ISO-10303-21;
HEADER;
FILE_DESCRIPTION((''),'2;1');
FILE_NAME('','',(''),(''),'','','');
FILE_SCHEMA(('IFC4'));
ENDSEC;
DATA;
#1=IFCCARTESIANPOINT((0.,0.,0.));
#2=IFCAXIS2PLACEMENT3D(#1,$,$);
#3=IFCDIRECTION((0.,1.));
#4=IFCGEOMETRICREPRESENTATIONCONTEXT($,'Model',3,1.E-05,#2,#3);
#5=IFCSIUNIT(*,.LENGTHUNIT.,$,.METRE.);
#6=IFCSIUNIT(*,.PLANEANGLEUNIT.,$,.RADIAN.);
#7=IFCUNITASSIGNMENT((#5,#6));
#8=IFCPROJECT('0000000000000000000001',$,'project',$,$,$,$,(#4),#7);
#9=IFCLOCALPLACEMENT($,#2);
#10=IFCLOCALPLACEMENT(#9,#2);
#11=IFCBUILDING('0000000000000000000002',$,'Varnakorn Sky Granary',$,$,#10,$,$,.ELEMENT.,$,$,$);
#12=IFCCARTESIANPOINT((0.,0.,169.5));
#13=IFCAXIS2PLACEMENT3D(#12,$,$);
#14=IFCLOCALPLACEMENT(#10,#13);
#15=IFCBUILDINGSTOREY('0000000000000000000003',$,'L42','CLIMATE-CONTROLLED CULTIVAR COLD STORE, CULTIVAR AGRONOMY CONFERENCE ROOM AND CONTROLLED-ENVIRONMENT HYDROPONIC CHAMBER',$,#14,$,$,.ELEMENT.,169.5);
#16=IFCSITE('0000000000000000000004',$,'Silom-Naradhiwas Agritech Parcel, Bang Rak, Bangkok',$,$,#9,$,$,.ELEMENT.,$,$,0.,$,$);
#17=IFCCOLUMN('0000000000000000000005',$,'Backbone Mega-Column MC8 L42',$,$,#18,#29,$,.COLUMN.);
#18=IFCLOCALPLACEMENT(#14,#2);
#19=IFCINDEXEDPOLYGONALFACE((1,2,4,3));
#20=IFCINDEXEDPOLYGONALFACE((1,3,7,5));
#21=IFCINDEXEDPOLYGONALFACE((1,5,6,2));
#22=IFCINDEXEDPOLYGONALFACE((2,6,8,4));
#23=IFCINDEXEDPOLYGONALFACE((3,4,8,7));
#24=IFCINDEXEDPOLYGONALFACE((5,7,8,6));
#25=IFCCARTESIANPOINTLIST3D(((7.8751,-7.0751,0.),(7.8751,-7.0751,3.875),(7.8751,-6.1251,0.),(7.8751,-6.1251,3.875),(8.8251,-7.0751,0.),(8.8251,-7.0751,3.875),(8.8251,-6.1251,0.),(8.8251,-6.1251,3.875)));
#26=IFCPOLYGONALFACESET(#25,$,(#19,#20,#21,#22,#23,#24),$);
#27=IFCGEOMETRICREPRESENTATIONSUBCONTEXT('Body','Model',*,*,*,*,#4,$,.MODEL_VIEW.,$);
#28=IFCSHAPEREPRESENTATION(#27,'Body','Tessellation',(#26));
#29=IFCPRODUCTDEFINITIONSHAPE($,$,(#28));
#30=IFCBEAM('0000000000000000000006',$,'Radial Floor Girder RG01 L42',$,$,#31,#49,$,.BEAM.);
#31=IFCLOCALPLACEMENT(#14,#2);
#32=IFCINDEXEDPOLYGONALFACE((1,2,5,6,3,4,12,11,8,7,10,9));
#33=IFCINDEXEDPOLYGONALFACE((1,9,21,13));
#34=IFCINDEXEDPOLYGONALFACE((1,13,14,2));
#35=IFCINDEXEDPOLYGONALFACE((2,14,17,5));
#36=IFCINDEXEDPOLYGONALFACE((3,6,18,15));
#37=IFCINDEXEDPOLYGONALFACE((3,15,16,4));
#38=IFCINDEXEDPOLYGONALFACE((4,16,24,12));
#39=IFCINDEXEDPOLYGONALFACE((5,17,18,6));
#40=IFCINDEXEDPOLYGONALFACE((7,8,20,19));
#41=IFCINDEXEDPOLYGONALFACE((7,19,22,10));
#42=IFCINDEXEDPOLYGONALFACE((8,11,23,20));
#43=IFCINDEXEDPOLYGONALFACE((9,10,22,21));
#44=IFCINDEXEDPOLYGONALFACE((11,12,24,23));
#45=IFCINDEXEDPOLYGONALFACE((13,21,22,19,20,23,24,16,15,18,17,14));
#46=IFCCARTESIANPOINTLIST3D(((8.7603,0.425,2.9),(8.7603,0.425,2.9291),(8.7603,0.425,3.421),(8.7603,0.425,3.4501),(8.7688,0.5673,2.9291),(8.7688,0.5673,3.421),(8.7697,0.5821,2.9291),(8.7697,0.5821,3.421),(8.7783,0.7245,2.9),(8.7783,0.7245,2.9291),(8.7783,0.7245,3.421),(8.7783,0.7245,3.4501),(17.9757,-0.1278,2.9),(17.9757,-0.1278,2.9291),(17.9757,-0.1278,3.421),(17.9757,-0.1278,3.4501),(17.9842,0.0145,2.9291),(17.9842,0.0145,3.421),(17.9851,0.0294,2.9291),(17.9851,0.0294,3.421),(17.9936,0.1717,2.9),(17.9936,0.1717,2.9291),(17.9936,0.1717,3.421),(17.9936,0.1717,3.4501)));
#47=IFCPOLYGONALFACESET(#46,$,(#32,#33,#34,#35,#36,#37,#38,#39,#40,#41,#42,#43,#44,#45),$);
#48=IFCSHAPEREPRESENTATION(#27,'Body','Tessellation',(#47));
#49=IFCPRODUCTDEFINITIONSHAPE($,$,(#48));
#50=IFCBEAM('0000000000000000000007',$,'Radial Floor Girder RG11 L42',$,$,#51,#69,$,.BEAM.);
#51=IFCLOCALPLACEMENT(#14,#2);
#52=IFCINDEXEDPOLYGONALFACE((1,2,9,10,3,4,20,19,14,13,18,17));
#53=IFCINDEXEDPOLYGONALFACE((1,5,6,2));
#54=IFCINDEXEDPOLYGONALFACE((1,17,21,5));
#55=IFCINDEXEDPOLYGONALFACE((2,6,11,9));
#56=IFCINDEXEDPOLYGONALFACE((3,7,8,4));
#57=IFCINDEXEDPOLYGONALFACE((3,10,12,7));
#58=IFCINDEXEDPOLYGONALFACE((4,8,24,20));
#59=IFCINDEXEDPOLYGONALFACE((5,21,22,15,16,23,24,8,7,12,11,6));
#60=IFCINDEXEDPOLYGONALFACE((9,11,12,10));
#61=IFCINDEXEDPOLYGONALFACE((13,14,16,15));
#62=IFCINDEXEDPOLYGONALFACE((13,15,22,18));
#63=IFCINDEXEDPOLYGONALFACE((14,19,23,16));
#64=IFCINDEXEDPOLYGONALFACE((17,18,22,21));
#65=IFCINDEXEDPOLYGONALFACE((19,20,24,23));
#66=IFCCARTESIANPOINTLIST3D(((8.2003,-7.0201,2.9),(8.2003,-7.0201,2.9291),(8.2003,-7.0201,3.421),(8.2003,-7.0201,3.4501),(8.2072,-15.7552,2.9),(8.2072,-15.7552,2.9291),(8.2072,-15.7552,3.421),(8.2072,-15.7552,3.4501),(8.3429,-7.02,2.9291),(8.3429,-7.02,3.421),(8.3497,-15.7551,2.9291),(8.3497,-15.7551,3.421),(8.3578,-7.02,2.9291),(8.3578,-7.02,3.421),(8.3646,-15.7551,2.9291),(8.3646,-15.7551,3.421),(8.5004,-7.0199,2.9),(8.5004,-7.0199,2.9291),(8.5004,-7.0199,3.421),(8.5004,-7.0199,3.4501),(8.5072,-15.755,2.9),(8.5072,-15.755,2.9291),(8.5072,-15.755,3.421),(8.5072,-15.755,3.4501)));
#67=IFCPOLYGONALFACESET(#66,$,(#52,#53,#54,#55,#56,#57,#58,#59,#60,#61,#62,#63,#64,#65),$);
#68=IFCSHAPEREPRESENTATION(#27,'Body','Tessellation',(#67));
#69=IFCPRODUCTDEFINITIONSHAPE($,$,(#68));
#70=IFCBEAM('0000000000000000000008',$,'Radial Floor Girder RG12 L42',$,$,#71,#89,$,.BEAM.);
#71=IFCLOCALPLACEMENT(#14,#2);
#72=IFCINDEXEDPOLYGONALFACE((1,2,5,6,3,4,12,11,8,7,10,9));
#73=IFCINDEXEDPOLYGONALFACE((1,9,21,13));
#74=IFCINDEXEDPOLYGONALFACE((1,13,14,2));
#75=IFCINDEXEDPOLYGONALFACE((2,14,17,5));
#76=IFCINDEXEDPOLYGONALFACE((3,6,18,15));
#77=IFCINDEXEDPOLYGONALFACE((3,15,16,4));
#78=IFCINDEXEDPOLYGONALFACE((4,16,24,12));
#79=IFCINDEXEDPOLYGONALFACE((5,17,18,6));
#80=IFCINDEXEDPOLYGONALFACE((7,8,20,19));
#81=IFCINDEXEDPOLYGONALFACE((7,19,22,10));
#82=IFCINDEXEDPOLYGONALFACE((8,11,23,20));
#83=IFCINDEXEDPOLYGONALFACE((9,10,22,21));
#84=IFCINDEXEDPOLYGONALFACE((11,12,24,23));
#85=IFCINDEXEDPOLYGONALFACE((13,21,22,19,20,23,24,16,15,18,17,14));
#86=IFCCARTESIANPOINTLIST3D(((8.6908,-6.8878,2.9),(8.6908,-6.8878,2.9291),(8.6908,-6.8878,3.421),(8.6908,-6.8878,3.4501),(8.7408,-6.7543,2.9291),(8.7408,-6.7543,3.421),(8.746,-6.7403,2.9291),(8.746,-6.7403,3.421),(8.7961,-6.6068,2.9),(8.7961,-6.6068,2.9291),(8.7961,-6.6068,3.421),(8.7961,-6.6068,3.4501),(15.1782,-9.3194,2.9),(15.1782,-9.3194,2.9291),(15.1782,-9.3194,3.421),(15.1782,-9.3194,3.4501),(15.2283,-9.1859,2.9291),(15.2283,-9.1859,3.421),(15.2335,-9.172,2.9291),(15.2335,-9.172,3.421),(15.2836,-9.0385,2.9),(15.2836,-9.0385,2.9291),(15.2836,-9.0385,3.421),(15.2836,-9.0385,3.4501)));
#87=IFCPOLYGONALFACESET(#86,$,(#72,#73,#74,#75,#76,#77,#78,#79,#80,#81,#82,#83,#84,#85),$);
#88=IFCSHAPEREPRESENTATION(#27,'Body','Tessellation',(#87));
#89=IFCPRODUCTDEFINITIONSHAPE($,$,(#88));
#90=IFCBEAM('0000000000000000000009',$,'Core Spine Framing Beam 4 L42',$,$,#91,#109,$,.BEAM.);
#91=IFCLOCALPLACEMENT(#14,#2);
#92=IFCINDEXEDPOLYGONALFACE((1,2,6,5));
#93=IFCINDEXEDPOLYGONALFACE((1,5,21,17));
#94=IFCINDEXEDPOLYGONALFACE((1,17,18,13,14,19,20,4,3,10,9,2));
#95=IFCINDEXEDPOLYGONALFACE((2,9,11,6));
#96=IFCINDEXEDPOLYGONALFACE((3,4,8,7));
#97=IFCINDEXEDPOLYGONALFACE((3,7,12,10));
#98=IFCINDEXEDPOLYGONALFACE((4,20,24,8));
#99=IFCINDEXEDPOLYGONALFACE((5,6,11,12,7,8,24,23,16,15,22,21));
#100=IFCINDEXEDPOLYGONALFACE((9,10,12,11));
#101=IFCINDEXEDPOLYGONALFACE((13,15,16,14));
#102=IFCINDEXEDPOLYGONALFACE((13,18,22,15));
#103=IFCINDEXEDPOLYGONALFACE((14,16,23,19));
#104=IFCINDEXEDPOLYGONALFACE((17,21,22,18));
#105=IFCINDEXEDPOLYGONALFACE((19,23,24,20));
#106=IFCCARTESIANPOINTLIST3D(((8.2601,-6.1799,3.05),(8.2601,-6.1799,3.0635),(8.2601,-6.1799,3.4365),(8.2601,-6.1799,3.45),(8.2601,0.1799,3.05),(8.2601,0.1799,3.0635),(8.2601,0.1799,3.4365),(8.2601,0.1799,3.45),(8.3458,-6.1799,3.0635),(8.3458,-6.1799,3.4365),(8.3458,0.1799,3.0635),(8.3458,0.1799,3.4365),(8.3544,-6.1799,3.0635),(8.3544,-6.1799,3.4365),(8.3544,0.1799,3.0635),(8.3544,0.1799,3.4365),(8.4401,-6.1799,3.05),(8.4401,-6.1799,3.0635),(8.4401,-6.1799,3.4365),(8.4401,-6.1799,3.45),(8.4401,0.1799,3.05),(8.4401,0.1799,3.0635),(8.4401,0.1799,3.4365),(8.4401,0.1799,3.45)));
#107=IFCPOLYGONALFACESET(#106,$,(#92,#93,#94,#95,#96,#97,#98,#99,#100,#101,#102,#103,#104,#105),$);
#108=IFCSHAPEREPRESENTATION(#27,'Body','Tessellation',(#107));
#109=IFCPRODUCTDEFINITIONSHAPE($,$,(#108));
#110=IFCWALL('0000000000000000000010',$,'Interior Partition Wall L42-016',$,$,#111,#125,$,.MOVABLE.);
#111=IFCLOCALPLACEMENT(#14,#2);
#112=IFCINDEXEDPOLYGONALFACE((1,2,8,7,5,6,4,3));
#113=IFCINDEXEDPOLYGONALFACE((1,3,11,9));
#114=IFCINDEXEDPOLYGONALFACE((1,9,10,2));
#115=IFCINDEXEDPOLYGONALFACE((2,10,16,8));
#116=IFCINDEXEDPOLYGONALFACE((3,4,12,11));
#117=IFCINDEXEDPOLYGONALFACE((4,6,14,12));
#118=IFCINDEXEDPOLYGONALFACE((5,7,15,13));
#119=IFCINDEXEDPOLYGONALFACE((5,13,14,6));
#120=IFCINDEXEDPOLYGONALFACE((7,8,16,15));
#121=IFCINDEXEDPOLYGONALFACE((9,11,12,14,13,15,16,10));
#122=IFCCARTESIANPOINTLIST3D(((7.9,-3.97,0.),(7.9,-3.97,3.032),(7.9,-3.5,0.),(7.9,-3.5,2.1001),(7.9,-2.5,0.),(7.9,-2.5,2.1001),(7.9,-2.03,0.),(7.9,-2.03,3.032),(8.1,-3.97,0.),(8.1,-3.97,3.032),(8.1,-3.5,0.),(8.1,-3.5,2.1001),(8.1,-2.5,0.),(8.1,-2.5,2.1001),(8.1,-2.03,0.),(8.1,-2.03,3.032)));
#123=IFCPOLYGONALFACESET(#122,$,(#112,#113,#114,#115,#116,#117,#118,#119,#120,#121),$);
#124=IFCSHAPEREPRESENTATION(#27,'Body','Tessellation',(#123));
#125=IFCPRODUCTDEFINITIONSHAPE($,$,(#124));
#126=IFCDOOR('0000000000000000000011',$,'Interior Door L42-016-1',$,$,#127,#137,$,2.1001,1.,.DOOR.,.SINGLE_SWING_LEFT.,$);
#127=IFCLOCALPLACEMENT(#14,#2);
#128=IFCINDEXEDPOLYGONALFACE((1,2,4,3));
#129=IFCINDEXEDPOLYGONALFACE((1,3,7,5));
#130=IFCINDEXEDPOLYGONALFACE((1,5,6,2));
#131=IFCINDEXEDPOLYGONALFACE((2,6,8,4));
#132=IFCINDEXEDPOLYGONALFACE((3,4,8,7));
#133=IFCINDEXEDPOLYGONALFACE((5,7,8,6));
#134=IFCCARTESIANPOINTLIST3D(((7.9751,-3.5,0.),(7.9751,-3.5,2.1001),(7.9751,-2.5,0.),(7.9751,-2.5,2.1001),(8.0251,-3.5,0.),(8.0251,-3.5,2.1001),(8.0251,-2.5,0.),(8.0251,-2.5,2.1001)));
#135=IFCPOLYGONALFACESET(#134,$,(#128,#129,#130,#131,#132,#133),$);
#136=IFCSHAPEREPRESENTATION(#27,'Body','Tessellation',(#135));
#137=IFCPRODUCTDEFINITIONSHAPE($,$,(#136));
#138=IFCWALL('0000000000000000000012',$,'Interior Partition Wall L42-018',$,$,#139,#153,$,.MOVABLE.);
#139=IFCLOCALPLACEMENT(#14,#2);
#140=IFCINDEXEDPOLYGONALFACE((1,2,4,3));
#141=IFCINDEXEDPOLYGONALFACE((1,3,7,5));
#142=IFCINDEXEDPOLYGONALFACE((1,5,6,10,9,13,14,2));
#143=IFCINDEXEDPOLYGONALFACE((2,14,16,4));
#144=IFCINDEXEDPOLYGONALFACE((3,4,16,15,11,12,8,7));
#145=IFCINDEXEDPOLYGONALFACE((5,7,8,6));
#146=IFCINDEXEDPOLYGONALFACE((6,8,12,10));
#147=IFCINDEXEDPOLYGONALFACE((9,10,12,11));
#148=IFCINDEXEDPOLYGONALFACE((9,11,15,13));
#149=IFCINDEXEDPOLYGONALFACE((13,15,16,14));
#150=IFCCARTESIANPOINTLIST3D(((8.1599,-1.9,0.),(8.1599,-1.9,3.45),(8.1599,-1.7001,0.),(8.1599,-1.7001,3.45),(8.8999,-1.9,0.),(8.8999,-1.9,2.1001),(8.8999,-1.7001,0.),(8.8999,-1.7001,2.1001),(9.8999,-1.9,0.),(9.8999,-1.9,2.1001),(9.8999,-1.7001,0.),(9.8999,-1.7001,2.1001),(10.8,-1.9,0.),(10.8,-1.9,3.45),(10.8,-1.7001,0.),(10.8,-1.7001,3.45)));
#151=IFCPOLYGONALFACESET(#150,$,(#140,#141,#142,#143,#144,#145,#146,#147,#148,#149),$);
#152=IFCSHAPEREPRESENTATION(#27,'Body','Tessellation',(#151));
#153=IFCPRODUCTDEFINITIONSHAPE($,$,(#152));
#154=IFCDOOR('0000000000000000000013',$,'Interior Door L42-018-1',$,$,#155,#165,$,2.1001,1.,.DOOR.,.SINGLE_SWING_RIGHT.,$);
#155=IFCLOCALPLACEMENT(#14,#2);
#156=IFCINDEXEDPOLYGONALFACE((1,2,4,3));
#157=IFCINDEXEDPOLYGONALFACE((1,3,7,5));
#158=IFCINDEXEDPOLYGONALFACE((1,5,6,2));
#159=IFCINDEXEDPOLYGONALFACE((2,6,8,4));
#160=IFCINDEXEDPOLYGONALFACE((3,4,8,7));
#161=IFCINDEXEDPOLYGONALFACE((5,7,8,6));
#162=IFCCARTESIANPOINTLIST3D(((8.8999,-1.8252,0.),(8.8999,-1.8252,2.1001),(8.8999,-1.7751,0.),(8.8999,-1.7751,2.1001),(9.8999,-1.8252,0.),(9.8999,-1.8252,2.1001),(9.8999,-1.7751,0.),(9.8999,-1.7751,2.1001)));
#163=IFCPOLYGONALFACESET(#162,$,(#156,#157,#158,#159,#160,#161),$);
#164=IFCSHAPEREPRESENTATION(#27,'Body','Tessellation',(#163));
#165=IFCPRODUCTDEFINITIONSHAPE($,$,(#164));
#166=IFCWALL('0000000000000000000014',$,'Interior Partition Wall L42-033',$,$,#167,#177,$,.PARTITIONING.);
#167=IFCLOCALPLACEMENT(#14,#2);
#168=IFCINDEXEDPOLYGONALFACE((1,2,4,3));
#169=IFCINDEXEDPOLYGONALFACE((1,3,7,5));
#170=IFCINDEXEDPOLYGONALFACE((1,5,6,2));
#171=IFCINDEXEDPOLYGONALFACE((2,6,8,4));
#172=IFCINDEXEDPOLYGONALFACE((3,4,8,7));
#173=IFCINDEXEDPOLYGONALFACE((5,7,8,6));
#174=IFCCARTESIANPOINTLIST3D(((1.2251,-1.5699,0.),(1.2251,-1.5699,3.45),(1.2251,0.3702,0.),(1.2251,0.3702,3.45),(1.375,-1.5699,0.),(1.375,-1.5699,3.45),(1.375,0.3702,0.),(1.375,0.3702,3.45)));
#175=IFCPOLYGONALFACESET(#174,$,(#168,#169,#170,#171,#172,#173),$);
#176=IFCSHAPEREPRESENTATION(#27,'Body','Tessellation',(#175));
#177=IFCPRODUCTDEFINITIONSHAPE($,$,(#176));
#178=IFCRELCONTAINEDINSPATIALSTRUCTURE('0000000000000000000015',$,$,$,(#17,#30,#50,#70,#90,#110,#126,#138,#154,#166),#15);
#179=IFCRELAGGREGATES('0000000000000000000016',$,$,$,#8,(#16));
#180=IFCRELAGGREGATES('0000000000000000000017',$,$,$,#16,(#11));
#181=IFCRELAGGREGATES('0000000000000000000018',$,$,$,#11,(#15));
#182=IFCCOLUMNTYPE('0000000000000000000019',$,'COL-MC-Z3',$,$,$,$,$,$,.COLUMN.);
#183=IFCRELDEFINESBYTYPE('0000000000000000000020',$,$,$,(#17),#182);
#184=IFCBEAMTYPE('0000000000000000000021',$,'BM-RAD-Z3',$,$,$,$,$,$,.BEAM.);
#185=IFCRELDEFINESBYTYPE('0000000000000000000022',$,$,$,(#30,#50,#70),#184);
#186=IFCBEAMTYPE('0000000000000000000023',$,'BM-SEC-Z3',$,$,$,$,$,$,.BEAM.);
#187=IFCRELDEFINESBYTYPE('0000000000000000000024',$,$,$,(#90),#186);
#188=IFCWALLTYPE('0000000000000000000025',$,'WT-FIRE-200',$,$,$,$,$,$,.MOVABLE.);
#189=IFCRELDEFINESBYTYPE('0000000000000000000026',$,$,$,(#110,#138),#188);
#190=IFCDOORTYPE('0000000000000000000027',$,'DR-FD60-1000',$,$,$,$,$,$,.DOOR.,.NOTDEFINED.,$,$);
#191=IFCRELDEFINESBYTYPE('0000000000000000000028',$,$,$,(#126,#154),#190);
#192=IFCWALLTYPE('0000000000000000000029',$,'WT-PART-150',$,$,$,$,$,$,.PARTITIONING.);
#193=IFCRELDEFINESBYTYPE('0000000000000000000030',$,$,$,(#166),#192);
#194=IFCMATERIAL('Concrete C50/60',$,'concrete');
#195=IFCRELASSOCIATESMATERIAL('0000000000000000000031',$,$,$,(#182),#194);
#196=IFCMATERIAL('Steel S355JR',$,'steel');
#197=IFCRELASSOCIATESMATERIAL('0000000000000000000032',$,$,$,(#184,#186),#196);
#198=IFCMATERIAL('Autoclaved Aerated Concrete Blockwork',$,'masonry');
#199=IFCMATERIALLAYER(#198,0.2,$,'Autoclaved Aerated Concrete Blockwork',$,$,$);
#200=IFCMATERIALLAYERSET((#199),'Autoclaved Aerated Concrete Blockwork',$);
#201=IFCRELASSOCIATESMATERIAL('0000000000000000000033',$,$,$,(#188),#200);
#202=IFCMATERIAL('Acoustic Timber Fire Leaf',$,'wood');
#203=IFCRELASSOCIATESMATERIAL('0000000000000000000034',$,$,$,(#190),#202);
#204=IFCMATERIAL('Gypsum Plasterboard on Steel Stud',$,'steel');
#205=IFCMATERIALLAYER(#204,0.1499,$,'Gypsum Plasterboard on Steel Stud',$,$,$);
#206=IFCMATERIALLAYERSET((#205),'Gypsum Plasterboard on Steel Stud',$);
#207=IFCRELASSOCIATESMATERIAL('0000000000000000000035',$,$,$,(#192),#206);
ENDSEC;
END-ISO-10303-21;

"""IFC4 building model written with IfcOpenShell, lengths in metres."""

from ifc_helpers import new_model, si_unit, direction, frame, frame_2d, origin, origin_2d, place, context, subcontext, project, spatial, rectangle, i_section, extrude, material, layer, layer_set, material_profile, profile_set, type_object, element, fill, save


model = new_model("IFC4")

# Units and contexts
model_context = context("Model", 3, precision=1e-05, world=origin(), true_north=direction((0.0, 1.0)))
body_context = subcontext(model_context, "Body", "Model", "MODEL_VIEW")
ifc_project = project(units=[si_unit("LENGTHUNIT", "METRE"), si_unit("PLANEANGLEUNIT", "RADIAN")], contexts=[model_context])

# Site, building, storey
site_placement = place(None, origin())
site = spatial("IfcSite", under=ifc_project, at=site_placement, Name="Silom-Naradhiwas Agritech Parcel, Bang Rak, Bangkok", CompositionType="ELEMENT", RefElevation=0.0)
building_placement = place(site_placement, origin())
building = spatial("IfcBuilding", under=site, at=building_placement, Name="Varnakorn Sky Granary", CompositionType="ELEMENT")
storey_placement = place(building_placement, frame((0.0, 0.0, 169.5)))
storey = spatial("IfcBuildingStorey", under=building, at=storey_placement, Name="L42", Description="CLIMATE-CONTROLLED CULTIVAR COLD STORE, CULTIVAR AGRONOMY CONFERENCE ROOM AND CONTROLLED-ENVIRONMENT HYDROPONIC CHAMBER", CompositionType="ELEMENT", Elevation=169.5)

# Column
ifc_material_1 = material(Name="Concrete C50/60", Category="concrete")
ifc_material_profile_1 = material_profile(ifc_material_1, rectangle(XDim=0.95, YDim=0.95, at=origin_2d()), Name="RC 950x950")
ifc_profile_set_1 = profile_set([ifc_material_profile_1], Name="Concrete C50/60")
column_type = type_object("IfcColumnType", Name="COL-MC-Z3", PredefinedType="COLUMN", material=ifc_profile_set_1)
column_placement = place(storey_placement, frame((8.3501, -6.6001, 0.0), z_axis=(0.0, 0.0, 1.0), x_axis=(1.0, 0.0, 0.0)))
element("IfcColumn", 1, at=column_placement, inside=storey, type_object=column_type, Name="Backbone Mega-Column MC8 L42", PredefinedType="COLUMN", context=body_context, shape_type="SweptSolid", body=[
    extrude(rectangle(XDim=0.95, YDim=0.95, at=origin_2d()), origin(), (0.0, 0.0, 1.0), 3.875),
])

# Beams
ifc_material_2 = material(Name="Steel S355JR", Category="steel")
ifc_material_profile_2 = material_profile(ifc_material_2, i_section(OverallWidth=0.3, OverallDepth=0.55, WebThickness=0.0149, FlangeThickness=0.0291, at=origin_2d()), Name="HE 550 B")
ifc_profile_set_2 = profile_set([ifc_material_profile_2], Name="Steel S355JR")
beam_type_1 = type_object("IfcBeamType", Name="BM-RAD-Z3", PredefinedType="BEAM", material=ifc_profile_set_2)
beam_1_placement = place(storey_placement, frame((8.7693, 0.5747, 3.175), z_axis=(0.998206, -0.059872, 0.0), x_axis=(0.059872, 0.998206, 0.0)))
element("IfcBeam", 2, at=beam_1_placement, inside=storey, type_object=beam_type_1, Name="Radial Floor Girder RG01 L42", PredefinedType="BEAM", context=body_context, shape_type="SweptSolid", body=[
    extrude(i_section(OverallWidth=0.3, OverallDepth=0.55, WebThickness=0.0149, FlangeThickness=0.0291, at=origin_2d()), origin(), (0.0, 0.0, 1.0), 9.2319),
])
beam_2_placement = place(storey_placement, frame((8.3503, -7.02, 3.175), z_axis=(0.000783, -1.0, 0.0), x_axis=(1.0, 0.000783, 0.0)))
element("IfcBeam", 3, at=beam_2_placement, inside=storey, type_object=beam_type_1, Name="Radial Floor Girder RG11 L42", PredefinedType="BEAM", context=body_context, shape_type="SweptSolid", body=[
    extrude(i_section(OverallWidth=0.3, OverallDepth=0.55, WebThickness=0.0149, FlangeThickness=0.0291, at=origin_2d()), origin(), (0.0, 0.0, 1.0), 8.7351),
])
beam_3_placement = place(storey_placement, frame((8.7434, -6.7473, 3.175), z_axis=(0.936386, -0.350973, 0.0), x_axis=(0.350973, 0.936386, 0.0)))
element("IfcBeam", 4, at=beam_3_placement, inside=storey, type_object=beam_type_1, Name="Radial Floor Girder RG12 L42", PredefinedType="BEAM", context=body_context, shape_type="SweptSolid", body=[
    extrude(i_section(OverallWidth=0.3, OverallDepth=0.55, WebThickness=0.0149, FlangeThickness=0.0291, at=origin_2d()), origin(), (0.0, 0.0, 1.0), 6.9282),
])
ifc_material_profile_3 = material_profile(ifc_material_2, i_section(OverallWidth=0.1799, OverallDepth=0.3999, WebThickness=0.0085, FlangeThickness=0.0134, at=origin_2d()), Name="IPE 400")
ifc_profile_set_3 = profile_set([ifc_material_profile_3], Name="Steel S355JR")
beam_type_2 = type_object("IfcBeamType", Name="BM-SEC-Z3", PredefinedType="BEAM", material=ifc_profile_set_3)
beam_4_placement = place(storey_placement, frame((8.3501, 0.1799, 3.25), z_axis=(0.0, -1.0, 0.0), x_axis=(1.0, 0.0, 0.0)))
element("IfcBeam", 5, at=beam_4_placement, inside=storey, type_object=beam_type_2, Name="Core Spine Framing Beam 4 L42", PredefinedType="BEAM", context=body_context, shape_type="SweptSolid", body=[
    extrude(i_section(OverallWidth=0.1799, OverallDepth=0.3999, WebThickness=0.0085, FlangeThickness=0.0134, at=origin_2d()), origin(), (0.0, 0.0, 1.0), 6.3599),
])

# Walls, openings, doors
ifc_material_3 = material(Name="Autoclaved Aerated Concrete Blockwork", Category="masonry")
ifc_layer_1 = layer(ifc_material_3, 0.2, Name="Autoclaved Aerated Concrete Blockwork")
ifc_layer_set_1 = layer_set([ifc_layer_1], Name="Autoclaved Aerated Concrete Blockwork")
wall_type_1 = type_object("IfcWallType", Name="WT-FIRE-200", PredefinedType="MOVABLE", material=ifc_layer_set_1)
wall_1_placement = place(storey_placement, frame((8.0, -3.97, 0.0), z_axis=(0.0, 0.0, 1.0), x_axis=(0.0, 1.0, 0.0)))
wall_1 = element("IfcWall", 6, at=wall_1_placement, inside=storey, type_object=wall_type_1, Name="Interior Partition Wall L42-016", PredefinedType="MOVABLE", context=body_context, shape_type="SweptSolid", body=[
    extrude(rectangle(XDim=1.9399, YDim=0.2, at=frame_2d((0.97, 0.0))), origin(), (0.0, 0.0, 1.0), 3.032),
])
opening_1_placement = place(wall_1_placement, frame((0.47, 0.0, 0.0)))
opening_1 = element("IfcOpeningElement", 7, at=opening_1_placement, cuts=wall_1, PredefinedType="OPENING", context=body_context, shape_type="SweptSolid", body=[
    extrude(rectangle(XDim=1.0, YDim=2.1001, at=frame_2d((0.5, 1.05))), frame((0.0, 0.1099, 0.0), z_axis=(0.0, -1.0, 0.0), x_axis=(1.0, 0.0, 0.0)), (0.0, 0.0, 1.0), 0.22),
])
ifc_material_4 = material(Name="Acoustic Timber Fire Leaf", Category="wood")
door_type_1 = type_object("IfcDoorType", Name="DR-FD60-1000", OperationType="NOTDEFINED", PredefinedType="DOOR", material=ifc_material_4)
door_1_placement = place(opening_1_placement, origin())
door_1 = element("IfcDoor", 8, at=door_1_placement, inside=storey, type_object=door_type_1, Name="Interior Door L42-016-1", OperationType="SINGLE_SWING_LEFT", OverallHeight=2.1001, OverallWidth=1.0, PredefinedType="DOOR", context=body_context, shape_type="SweptSolid", body=[
    extrude(rectangle(XDim=1.0, YDim=2.1001, at=frame_2d((0.5, 1.05))), frame((0.0, 0.0249, 0.0), z_axis=(0.0, -1.0, 0.0), x_axis=(1.0, 0.0, 0.0)), (0.0, 0.0, 1.0), 0.05),
])
fill(opening_1, door_1)
wall_2_placement = place(storey_placement, frame((8.1599, -1.8, 0.0), z_axis=(0.0, 0.0, 1.0), x_axis=(1.0, 0.0, 0.0)))
wall_2 = element("IfcWall", 9, at=wall_2_placement, inside=storey, type_object=wall_type_1, Name="Interior Partition Wall L42-018", PredefinedType="MOVABLE", context=body_context, shape_type="SweptSolid", body=[
    extrude(rectangle(XDim=2.6401, YDim=0.2, at=frame_2d((1.3201, 0.0))), origin(), (0.0, 0.0, 1.0), 3.45),
])
opening_2_placement = place(wall_2_placement, frame((0.74, 0.0, 0.0)))
opening_2 = element("IfcOpeningElement", 10, at=opening_2_placement, cuts=wall_2, PredefinedType="OPENING", context=body_context, shape_type="SweptSolid", body=[
    extrude(rectangle(XDim=1.0, YDim=2.1001, at=frame_2d((0.5, 1.05))), frame((0.0, 0.1099, 0.0), z_axis=(0.0, -1.0, 0.0), x_axis=(1.0, 0.0, 0.0)), (0.0, 0.0, 1.0), 0.22),
])
door_2_placement = place(opening_2_placement, origin())
door_2 = element("IfcDoor", 11, at=door_2_placement, inside=storey, type_object=door_type_1, Name="Interior Door L42-018-1", OperationType="SINGLE_SWING_RIGHT", OverallHeight=2.1001, OverallWidth=1.0, PredefinedType="DOOR", context=body_context, shape_type="SweptSolid", body=[
    extrude(rectangle(XDim=1.0, YDim=2.1001, at=frame_2d((0.5, 1.05))), frame((0.0, 0.0249, 0.0), z_axis=(0.0, -1.0, 0.0), x_axis=(1.0, 0.0, 0.0)), (0.0, 0.0, 1.0), 0.05),
])
fill(opening_2, door_2)

# Wall
ifc_material_5 = material(Name="Gypsum Plasterboard on Steel Stud", Category="steel")
ifc_layer_2 = layer(ifc_material_5, 0.1499, Name="Gypsum Plasterboard on Steel Stud")
ifc_layer_set_2 = layer_set([ifc_layer_2], Name="Gypsum Plasterboard on Steel Stud")
wall_type_2 = type_object("IfcWallType", Name="WT-PART-150", PredefinedType="PARTITIONING", material=ifc_layer_set_2)
wall_3_placement = place(storey_placement, frame((1.3, -1.5701, 0.0), z_axis=(0.0, 0.0, 1.0), x_axis=(0.0, 1.0, 0.0)))
element("IfcWall", 12, at=wall_3_placement, inside=storey, type_object=wall_type_2, Name="Interior Partition Wall L42-033", PredefinedType="PARTITIONING", context=body_context, shape_type="SweptSolid", body=[
    extrude(rectangle(XDim=1.9402, YDim=0.1499, at=frame_2d((0.9702, 0.0))), origin(), (0.0, 0.0, 1.0), 3.45),
])

save(model, "model.ifc")
